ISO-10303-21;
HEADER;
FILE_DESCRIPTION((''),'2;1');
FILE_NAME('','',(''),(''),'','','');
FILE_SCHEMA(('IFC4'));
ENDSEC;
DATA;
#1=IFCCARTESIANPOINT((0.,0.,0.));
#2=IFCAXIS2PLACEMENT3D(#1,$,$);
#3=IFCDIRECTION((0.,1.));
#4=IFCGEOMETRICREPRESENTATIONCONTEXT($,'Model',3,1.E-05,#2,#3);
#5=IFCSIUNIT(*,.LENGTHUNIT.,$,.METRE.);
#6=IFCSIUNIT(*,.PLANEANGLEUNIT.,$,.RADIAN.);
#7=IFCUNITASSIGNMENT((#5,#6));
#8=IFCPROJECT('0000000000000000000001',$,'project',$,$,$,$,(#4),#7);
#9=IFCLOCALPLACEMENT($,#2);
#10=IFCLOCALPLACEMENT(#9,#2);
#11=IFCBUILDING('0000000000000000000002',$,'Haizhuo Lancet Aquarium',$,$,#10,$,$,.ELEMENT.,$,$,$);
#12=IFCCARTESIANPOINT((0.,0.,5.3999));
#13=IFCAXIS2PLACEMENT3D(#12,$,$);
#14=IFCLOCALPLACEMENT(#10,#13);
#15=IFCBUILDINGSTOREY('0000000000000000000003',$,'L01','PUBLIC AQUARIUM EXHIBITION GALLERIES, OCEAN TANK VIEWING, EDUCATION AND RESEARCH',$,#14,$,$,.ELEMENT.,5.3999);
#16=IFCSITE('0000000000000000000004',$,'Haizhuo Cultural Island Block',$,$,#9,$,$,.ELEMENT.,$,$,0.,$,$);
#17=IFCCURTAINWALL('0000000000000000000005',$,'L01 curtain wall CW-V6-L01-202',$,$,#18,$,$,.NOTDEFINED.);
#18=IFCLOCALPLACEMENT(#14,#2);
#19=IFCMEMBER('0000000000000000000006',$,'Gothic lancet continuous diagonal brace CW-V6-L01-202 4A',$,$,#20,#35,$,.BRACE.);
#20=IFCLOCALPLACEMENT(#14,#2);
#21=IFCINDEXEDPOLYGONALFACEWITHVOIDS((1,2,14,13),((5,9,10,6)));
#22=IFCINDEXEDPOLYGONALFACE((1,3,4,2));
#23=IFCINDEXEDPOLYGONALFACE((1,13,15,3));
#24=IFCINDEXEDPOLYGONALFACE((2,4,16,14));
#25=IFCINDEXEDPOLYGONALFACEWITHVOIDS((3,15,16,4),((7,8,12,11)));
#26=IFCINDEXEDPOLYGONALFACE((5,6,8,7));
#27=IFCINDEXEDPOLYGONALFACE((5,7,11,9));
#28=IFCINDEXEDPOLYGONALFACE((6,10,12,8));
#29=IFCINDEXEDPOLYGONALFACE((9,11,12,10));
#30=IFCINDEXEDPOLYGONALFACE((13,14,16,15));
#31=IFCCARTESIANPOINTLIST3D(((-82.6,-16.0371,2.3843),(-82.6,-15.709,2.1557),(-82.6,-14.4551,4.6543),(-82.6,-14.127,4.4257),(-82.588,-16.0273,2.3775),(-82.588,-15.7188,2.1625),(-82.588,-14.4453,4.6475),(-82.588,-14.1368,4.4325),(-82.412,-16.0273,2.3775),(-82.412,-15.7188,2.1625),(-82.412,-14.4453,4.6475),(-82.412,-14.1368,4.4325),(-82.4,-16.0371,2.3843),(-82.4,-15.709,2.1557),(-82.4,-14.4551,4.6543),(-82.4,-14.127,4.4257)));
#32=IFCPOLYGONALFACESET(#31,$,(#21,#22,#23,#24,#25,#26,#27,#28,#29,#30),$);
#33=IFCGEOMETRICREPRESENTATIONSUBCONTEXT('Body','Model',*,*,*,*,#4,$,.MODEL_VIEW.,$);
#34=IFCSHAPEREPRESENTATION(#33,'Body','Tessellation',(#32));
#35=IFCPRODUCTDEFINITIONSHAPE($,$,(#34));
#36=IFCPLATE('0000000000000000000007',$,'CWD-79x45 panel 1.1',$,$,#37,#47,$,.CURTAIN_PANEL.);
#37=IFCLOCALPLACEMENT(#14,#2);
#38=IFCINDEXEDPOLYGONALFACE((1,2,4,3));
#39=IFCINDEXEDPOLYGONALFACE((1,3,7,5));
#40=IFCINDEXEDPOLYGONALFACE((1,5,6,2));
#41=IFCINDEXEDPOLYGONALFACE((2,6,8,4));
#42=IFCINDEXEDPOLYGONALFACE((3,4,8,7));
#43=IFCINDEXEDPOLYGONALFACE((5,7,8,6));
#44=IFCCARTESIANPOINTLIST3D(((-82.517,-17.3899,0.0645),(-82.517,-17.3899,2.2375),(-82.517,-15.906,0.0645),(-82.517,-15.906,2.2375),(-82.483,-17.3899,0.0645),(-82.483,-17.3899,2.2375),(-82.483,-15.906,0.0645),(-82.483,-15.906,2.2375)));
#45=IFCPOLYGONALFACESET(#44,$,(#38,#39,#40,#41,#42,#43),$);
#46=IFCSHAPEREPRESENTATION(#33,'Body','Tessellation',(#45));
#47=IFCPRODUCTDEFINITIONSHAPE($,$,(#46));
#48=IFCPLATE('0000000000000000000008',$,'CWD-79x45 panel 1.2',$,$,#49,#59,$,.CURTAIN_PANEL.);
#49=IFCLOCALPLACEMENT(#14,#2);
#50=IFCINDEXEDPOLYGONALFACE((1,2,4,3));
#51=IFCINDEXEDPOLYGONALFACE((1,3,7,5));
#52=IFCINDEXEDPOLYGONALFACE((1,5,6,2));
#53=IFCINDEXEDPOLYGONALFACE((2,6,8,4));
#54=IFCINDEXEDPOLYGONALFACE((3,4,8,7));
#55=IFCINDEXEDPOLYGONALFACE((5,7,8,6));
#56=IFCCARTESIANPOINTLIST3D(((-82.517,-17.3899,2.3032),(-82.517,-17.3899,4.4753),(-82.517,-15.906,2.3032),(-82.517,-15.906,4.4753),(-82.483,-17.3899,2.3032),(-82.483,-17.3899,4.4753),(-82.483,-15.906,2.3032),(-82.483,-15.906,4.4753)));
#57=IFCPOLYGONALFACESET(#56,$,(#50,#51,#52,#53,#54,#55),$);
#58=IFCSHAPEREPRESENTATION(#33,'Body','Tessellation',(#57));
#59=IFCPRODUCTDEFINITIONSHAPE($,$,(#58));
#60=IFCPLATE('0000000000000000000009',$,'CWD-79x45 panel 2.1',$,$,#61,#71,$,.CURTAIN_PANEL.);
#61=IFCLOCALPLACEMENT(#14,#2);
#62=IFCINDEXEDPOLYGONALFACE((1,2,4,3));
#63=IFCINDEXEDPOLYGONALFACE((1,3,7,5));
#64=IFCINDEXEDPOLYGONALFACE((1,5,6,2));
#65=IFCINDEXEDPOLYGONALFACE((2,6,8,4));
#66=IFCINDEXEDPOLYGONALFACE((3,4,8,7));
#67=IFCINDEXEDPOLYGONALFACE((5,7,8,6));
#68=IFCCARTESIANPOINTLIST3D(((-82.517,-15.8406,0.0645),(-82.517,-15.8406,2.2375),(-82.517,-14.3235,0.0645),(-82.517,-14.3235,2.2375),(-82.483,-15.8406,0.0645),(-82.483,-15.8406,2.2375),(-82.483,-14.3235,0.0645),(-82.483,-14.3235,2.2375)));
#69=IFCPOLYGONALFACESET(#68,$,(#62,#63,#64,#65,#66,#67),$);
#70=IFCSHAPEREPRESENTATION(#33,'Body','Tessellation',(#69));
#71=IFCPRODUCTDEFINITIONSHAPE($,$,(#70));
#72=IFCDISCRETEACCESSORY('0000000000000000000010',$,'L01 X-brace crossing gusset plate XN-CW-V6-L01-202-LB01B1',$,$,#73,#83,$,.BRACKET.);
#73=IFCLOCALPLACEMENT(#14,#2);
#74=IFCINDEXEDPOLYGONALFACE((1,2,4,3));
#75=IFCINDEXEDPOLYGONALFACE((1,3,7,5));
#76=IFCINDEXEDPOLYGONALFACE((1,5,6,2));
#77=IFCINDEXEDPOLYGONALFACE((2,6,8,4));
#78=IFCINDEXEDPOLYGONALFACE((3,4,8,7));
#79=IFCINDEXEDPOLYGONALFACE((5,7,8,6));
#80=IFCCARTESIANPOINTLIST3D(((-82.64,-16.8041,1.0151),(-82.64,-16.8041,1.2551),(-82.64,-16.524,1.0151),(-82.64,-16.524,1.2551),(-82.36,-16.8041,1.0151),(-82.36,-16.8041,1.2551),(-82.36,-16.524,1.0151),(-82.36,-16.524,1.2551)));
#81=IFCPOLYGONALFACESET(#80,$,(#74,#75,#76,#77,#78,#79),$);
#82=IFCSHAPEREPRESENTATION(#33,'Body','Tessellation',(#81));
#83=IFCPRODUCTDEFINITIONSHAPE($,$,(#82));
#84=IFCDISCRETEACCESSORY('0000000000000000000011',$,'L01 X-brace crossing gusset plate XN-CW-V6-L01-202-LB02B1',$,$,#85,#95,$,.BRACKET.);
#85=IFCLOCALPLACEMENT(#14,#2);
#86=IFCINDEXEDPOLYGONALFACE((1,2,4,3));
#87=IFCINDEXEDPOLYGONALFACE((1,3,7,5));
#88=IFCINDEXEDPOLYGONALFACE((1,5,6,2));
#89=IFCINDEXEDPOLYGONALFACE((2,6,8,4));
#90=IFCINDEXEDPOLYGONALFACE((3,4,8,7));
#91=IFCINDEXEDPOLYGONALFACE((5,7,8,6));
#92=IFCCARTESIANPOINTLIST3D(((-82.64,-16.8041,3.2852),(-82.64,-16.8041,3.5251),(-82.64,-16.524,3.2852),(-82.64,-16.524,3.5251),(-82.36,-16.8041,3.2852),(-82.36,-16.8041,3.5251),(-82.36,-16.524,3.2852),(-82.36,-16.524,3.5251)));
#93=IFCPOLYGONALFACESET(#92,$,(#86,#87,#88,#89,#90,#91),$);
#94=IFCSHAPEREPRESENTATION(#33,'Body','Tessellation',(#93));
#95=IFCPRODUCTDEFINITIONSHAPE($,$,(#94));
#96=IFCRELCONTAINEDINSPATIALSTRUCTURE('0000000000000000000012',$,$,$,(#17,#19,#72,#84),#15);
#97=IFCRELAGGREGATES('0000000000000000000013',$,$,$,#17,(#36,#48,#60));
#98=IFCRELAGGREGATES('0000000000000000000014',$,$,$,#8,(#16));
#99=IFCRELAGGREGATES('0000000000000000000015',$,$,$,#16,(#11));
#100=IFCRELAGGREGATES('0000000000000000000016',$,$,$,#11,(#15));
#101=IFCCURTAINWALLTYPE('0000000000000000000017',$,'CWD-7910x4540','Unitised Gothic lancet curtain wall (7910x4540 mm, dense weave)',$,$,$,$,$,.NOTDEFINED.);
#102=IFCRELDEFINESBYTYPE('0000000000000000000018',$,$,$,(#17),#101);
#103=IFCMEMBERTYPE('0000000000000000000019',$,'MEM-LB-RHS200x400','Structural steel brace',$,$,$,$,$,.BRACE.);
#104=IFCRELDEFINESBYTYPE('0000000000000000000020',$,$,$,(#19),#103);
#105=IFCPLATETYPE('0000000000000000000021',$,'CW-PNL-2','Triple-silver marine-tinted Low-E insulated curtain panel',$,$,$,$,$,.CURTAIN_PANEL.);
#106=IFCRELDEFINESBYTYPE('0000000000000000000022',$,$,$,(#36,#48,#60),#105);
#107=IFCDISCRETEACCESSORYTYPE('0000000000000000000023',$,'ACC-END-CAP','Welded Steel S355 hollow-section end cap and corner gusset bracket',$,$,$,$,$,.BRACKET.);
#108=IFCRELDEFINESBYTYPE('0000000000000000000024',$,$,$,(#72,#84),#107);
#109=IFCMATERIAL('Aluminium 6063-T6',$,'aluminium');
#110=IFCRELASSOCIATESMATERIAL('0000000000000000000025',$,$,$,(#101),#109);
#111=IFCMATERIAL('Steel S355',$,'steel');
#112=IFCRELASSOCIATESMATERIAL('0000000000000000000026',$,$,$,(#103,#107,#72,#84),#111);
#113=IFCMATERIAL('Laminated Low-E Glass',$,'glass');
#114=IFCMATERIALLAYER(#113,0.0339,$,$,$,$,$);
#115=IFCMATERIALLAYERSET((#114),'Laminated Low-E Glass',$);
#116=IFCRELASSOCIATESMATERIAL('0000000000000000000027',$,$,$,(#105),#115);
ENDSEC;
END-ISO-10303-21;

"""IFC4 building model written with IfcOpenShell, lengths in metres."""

from ifc_helpers import new_model, si_unit, direction, frame, origin, origin_2d, place, context, subcontext, project, spatial, rectangle, hollow_rectangle, extrude, material, layer, layer_set, material_profile, profile_set, type_object, element, aggregate, save


model = new_model("IFC4")

# Units and contexts
model_context = context("Model", 3, precision=1e-05, world=origin(), true_north=direction((0.0, 1.0)))
body_context = subcontext(model_context, "Body", "Model", "MODEL_VIEW")
ifc_project = project(units=[si_unit("LENGTHUNIT", "METRE"), si_unit("PLANEANGLEUNIT", "RADIAN")], contexts=[model_context])

# Site, building, storey
site_placement = place(None, origin())
site = spatial("IfcSite", under=ifc_project, at=site_placement, Name="Haizhuo Cultural Island Block", CompositionType="ELEMENT", RefElevation=0.0)
building_placement = place(site_placement, origin())
building = spatial("IfcBuilding", under=site, at=building_placement, Name="Haizhuo Lancet Aquarium", CompositionType="ELEMENT")
storey_placement = place(building_placement, frame((0.0, 0.0, 5.3999)))
storey = spatial("IfcBuildingStorey", under=building, at=storey_placement, Name="L01", Description="PUBLIC AQUARIUM EXHIBITION GALLERIES, OCEAN TANK VIEWING, EDUCATION AND RESEARCH", CompositionType="ELEMENT", Elevation=5.3999)

# Shared definitions
ifc_material_1 = material(Name="Steel S355", Category="steel")

# Curtain wall
ifc_material_2 = material(Name="Aluminium 6063-T6", Category="aluminium")
curtain_wall_type = type_object("IfcCurtainWallType", Name="CWD-7910x4540", Description="Unitised Gothic lancet curtain wall (7910x4540 mm, dense weave)", PredefinedType="NOTDEFINED", material=ifc_material_2)
curtain_wall_placement = place(storey_placement, origin())
curtain_wall = element("IfcCurtainWall", 1, at=curtain_wall_placement, inside=storey, type_object=curtain_wall_type, Name="L01 curtain wall CW-V6-L01-202", PredefinedType="NOTDEFINED")

# Member
ifc_material_profile_1 = material_profile(ifc_material_1, hollow_rectangle(XDim=0.2, YDim=0.3999, WallThickness=0.012, at=origin_2d()), Name="RHS 200x400x12")
ifc_profile_set_1 = profile_set([ifc_material_profile_1], Name="Steel S355")
member_type_1 = type_object("IfcMemberType", Name="MEM-LB-RHS200x400", Description="Structural steel brace", PredefinedType="BRACE", material=ifc_profile_set_1)
for number, where, z_axis, x_axis, name in (
    (2, (-82.5, -15.873, 2.27), (0.0, 0.571767, 0.820416), (-1.0, 0.0, 0.0), "Gothic lancet continuous diagonal brace CW-V6-L01-202 4A"),
):
    element("IfcMember", number, at=place(storey_placement, frame(where, z_axis=z_axis, x_axis=x_axis)), inside=storey, type_object=member_type_1, Name=name, PredefinedType="BRACE", context=body_context, shape_type="SweptSolid", body=[
        extrude(hollow_rectangle(XDim=0.2, YDim=0.3999, WallThickness=0.012, at=origin_2d()), origin(), (0.0, 0.0, 1.0), 2.7668),
    ])

# Plates
ifc_material_3 = material(Name="Laminated Low-E Glass", Category="glass")
ifc_layer = layer(ifc_material_3, 0.0339)
ifc_layer_set = layer_set([ifc_layer], Name="Laminated Low-E Glass")
plate_type = type_object("IfcPlateType", Name="CW-PNL-2", Description="Triple-silver marine-tinted Low-E insulated curtain panel", PredefinedType="CURTAIN_PANEL", material=ifc_layer_set)
plate_1_placement = place(storey_placement, frame((-82.5, -16.6479, 0.0645), z_axis=(0.0, 0.0, 1.0), x_axis=(0.0, 1.0, 0.0)))
plate_1 = element("IfcPlate", 3, at=plate_1_placement, type_object=plate_type, Name="CWD-79x45 panel 1.1", PredefinedType="CURTAIN_PANEL", context=body_context, shape_type="SweptSolid", body=[
    extrude(rectangle(XDim=1.4839, YDim=0.0339, at=origin_2d()), origin(), (0.0, 0.0, 1.0), 2.1731),
])
plate_2_placement = place(storey_placement, frame((-82.5, -16.6479, 2.3032), z_axis=(0.0, 0.0, 1.0), x_axis=(0.0, 1.0, 0.0)))
plate_2 = element("IfcPlate", 4, at=plate_2_placement, type_object=plate_type, Name="CWD-79x45 panel 1.2", PredefinedType="CURTAIN_PANEL", context=body_context, shape_type="SweptSolid", body=[
    extrude(rectangle(XDim=1.4839, YDim=0.0339, at=origin_2d()), origin(), (0.0, 0.0, 1.0), 2.1721),
])
plate_3_placement = place(storey_placement, frame((-82.5, -15.082, 0.0645), z_axis=(0.0, 0.0, 1.0), x_axis=(0.0, 1.0, 0.0)))
plate_3 = element("IfcPlate", 5, at=plate_3_placement, type_object=plate_type, Name="CWD-79x45 panel 2.1", PredefinedType="CURTAIN_PANEL", context=body_context, shape_type="SweptSolid", body=[
    extrude(rectangle(XDim=1.5171, YDim=0.0339, at=origin_2d()), origin(), (0.0, 0.0, 1.0), 2.1731),
])
aggregate(curtain_wall, [plate_1, plate_2, plate_3])

# Discrete accessories
discrete_accessory_type = type_object("IfcDiscreteAccessoryType", Name="ACC-END-CAP", Description="Welded Steel S355 hollow-section end cap and corner gusset bracket", PredefinedType="BRACKET", material=ifc_material_1)
for number, where, z_axis, x_axis, name in (
    (6, (-82.5, -16.6641, 1.0151), (0.0, 0.0, 1.0), (1.0, 0.0, 0.0), "L01 X-brace crossing gusset plate XN-CW-V6-L01-202-LB01B1"),
    (7, (-82.5, -16.6641, 3.2852), (0.0, 0.0, 1.0), (1.0, 0.0, 0.0), "L01 X-brace crossing gusset plate XN-CW-V6-L01-202-LB02B1"),
):
    element("IfcDiscreteAccessory", number, at=place(storey_placement, frame(where, z_axis=z_axis, x_axis=x_axis)), inside=storey, type_object=discrete_accessory_type, material=ifc_material_1, Name=name, PredefinedType="BRACKET", context=body_context, shape_type="SweptSolid", body=[
        extrude(rectangle(XDim=0.28, YDim=0.28, at=origin_2d()), origin(), (0.0, 0.0, 1.0), 0.24),
    ])

save(model, "model.ifc")
